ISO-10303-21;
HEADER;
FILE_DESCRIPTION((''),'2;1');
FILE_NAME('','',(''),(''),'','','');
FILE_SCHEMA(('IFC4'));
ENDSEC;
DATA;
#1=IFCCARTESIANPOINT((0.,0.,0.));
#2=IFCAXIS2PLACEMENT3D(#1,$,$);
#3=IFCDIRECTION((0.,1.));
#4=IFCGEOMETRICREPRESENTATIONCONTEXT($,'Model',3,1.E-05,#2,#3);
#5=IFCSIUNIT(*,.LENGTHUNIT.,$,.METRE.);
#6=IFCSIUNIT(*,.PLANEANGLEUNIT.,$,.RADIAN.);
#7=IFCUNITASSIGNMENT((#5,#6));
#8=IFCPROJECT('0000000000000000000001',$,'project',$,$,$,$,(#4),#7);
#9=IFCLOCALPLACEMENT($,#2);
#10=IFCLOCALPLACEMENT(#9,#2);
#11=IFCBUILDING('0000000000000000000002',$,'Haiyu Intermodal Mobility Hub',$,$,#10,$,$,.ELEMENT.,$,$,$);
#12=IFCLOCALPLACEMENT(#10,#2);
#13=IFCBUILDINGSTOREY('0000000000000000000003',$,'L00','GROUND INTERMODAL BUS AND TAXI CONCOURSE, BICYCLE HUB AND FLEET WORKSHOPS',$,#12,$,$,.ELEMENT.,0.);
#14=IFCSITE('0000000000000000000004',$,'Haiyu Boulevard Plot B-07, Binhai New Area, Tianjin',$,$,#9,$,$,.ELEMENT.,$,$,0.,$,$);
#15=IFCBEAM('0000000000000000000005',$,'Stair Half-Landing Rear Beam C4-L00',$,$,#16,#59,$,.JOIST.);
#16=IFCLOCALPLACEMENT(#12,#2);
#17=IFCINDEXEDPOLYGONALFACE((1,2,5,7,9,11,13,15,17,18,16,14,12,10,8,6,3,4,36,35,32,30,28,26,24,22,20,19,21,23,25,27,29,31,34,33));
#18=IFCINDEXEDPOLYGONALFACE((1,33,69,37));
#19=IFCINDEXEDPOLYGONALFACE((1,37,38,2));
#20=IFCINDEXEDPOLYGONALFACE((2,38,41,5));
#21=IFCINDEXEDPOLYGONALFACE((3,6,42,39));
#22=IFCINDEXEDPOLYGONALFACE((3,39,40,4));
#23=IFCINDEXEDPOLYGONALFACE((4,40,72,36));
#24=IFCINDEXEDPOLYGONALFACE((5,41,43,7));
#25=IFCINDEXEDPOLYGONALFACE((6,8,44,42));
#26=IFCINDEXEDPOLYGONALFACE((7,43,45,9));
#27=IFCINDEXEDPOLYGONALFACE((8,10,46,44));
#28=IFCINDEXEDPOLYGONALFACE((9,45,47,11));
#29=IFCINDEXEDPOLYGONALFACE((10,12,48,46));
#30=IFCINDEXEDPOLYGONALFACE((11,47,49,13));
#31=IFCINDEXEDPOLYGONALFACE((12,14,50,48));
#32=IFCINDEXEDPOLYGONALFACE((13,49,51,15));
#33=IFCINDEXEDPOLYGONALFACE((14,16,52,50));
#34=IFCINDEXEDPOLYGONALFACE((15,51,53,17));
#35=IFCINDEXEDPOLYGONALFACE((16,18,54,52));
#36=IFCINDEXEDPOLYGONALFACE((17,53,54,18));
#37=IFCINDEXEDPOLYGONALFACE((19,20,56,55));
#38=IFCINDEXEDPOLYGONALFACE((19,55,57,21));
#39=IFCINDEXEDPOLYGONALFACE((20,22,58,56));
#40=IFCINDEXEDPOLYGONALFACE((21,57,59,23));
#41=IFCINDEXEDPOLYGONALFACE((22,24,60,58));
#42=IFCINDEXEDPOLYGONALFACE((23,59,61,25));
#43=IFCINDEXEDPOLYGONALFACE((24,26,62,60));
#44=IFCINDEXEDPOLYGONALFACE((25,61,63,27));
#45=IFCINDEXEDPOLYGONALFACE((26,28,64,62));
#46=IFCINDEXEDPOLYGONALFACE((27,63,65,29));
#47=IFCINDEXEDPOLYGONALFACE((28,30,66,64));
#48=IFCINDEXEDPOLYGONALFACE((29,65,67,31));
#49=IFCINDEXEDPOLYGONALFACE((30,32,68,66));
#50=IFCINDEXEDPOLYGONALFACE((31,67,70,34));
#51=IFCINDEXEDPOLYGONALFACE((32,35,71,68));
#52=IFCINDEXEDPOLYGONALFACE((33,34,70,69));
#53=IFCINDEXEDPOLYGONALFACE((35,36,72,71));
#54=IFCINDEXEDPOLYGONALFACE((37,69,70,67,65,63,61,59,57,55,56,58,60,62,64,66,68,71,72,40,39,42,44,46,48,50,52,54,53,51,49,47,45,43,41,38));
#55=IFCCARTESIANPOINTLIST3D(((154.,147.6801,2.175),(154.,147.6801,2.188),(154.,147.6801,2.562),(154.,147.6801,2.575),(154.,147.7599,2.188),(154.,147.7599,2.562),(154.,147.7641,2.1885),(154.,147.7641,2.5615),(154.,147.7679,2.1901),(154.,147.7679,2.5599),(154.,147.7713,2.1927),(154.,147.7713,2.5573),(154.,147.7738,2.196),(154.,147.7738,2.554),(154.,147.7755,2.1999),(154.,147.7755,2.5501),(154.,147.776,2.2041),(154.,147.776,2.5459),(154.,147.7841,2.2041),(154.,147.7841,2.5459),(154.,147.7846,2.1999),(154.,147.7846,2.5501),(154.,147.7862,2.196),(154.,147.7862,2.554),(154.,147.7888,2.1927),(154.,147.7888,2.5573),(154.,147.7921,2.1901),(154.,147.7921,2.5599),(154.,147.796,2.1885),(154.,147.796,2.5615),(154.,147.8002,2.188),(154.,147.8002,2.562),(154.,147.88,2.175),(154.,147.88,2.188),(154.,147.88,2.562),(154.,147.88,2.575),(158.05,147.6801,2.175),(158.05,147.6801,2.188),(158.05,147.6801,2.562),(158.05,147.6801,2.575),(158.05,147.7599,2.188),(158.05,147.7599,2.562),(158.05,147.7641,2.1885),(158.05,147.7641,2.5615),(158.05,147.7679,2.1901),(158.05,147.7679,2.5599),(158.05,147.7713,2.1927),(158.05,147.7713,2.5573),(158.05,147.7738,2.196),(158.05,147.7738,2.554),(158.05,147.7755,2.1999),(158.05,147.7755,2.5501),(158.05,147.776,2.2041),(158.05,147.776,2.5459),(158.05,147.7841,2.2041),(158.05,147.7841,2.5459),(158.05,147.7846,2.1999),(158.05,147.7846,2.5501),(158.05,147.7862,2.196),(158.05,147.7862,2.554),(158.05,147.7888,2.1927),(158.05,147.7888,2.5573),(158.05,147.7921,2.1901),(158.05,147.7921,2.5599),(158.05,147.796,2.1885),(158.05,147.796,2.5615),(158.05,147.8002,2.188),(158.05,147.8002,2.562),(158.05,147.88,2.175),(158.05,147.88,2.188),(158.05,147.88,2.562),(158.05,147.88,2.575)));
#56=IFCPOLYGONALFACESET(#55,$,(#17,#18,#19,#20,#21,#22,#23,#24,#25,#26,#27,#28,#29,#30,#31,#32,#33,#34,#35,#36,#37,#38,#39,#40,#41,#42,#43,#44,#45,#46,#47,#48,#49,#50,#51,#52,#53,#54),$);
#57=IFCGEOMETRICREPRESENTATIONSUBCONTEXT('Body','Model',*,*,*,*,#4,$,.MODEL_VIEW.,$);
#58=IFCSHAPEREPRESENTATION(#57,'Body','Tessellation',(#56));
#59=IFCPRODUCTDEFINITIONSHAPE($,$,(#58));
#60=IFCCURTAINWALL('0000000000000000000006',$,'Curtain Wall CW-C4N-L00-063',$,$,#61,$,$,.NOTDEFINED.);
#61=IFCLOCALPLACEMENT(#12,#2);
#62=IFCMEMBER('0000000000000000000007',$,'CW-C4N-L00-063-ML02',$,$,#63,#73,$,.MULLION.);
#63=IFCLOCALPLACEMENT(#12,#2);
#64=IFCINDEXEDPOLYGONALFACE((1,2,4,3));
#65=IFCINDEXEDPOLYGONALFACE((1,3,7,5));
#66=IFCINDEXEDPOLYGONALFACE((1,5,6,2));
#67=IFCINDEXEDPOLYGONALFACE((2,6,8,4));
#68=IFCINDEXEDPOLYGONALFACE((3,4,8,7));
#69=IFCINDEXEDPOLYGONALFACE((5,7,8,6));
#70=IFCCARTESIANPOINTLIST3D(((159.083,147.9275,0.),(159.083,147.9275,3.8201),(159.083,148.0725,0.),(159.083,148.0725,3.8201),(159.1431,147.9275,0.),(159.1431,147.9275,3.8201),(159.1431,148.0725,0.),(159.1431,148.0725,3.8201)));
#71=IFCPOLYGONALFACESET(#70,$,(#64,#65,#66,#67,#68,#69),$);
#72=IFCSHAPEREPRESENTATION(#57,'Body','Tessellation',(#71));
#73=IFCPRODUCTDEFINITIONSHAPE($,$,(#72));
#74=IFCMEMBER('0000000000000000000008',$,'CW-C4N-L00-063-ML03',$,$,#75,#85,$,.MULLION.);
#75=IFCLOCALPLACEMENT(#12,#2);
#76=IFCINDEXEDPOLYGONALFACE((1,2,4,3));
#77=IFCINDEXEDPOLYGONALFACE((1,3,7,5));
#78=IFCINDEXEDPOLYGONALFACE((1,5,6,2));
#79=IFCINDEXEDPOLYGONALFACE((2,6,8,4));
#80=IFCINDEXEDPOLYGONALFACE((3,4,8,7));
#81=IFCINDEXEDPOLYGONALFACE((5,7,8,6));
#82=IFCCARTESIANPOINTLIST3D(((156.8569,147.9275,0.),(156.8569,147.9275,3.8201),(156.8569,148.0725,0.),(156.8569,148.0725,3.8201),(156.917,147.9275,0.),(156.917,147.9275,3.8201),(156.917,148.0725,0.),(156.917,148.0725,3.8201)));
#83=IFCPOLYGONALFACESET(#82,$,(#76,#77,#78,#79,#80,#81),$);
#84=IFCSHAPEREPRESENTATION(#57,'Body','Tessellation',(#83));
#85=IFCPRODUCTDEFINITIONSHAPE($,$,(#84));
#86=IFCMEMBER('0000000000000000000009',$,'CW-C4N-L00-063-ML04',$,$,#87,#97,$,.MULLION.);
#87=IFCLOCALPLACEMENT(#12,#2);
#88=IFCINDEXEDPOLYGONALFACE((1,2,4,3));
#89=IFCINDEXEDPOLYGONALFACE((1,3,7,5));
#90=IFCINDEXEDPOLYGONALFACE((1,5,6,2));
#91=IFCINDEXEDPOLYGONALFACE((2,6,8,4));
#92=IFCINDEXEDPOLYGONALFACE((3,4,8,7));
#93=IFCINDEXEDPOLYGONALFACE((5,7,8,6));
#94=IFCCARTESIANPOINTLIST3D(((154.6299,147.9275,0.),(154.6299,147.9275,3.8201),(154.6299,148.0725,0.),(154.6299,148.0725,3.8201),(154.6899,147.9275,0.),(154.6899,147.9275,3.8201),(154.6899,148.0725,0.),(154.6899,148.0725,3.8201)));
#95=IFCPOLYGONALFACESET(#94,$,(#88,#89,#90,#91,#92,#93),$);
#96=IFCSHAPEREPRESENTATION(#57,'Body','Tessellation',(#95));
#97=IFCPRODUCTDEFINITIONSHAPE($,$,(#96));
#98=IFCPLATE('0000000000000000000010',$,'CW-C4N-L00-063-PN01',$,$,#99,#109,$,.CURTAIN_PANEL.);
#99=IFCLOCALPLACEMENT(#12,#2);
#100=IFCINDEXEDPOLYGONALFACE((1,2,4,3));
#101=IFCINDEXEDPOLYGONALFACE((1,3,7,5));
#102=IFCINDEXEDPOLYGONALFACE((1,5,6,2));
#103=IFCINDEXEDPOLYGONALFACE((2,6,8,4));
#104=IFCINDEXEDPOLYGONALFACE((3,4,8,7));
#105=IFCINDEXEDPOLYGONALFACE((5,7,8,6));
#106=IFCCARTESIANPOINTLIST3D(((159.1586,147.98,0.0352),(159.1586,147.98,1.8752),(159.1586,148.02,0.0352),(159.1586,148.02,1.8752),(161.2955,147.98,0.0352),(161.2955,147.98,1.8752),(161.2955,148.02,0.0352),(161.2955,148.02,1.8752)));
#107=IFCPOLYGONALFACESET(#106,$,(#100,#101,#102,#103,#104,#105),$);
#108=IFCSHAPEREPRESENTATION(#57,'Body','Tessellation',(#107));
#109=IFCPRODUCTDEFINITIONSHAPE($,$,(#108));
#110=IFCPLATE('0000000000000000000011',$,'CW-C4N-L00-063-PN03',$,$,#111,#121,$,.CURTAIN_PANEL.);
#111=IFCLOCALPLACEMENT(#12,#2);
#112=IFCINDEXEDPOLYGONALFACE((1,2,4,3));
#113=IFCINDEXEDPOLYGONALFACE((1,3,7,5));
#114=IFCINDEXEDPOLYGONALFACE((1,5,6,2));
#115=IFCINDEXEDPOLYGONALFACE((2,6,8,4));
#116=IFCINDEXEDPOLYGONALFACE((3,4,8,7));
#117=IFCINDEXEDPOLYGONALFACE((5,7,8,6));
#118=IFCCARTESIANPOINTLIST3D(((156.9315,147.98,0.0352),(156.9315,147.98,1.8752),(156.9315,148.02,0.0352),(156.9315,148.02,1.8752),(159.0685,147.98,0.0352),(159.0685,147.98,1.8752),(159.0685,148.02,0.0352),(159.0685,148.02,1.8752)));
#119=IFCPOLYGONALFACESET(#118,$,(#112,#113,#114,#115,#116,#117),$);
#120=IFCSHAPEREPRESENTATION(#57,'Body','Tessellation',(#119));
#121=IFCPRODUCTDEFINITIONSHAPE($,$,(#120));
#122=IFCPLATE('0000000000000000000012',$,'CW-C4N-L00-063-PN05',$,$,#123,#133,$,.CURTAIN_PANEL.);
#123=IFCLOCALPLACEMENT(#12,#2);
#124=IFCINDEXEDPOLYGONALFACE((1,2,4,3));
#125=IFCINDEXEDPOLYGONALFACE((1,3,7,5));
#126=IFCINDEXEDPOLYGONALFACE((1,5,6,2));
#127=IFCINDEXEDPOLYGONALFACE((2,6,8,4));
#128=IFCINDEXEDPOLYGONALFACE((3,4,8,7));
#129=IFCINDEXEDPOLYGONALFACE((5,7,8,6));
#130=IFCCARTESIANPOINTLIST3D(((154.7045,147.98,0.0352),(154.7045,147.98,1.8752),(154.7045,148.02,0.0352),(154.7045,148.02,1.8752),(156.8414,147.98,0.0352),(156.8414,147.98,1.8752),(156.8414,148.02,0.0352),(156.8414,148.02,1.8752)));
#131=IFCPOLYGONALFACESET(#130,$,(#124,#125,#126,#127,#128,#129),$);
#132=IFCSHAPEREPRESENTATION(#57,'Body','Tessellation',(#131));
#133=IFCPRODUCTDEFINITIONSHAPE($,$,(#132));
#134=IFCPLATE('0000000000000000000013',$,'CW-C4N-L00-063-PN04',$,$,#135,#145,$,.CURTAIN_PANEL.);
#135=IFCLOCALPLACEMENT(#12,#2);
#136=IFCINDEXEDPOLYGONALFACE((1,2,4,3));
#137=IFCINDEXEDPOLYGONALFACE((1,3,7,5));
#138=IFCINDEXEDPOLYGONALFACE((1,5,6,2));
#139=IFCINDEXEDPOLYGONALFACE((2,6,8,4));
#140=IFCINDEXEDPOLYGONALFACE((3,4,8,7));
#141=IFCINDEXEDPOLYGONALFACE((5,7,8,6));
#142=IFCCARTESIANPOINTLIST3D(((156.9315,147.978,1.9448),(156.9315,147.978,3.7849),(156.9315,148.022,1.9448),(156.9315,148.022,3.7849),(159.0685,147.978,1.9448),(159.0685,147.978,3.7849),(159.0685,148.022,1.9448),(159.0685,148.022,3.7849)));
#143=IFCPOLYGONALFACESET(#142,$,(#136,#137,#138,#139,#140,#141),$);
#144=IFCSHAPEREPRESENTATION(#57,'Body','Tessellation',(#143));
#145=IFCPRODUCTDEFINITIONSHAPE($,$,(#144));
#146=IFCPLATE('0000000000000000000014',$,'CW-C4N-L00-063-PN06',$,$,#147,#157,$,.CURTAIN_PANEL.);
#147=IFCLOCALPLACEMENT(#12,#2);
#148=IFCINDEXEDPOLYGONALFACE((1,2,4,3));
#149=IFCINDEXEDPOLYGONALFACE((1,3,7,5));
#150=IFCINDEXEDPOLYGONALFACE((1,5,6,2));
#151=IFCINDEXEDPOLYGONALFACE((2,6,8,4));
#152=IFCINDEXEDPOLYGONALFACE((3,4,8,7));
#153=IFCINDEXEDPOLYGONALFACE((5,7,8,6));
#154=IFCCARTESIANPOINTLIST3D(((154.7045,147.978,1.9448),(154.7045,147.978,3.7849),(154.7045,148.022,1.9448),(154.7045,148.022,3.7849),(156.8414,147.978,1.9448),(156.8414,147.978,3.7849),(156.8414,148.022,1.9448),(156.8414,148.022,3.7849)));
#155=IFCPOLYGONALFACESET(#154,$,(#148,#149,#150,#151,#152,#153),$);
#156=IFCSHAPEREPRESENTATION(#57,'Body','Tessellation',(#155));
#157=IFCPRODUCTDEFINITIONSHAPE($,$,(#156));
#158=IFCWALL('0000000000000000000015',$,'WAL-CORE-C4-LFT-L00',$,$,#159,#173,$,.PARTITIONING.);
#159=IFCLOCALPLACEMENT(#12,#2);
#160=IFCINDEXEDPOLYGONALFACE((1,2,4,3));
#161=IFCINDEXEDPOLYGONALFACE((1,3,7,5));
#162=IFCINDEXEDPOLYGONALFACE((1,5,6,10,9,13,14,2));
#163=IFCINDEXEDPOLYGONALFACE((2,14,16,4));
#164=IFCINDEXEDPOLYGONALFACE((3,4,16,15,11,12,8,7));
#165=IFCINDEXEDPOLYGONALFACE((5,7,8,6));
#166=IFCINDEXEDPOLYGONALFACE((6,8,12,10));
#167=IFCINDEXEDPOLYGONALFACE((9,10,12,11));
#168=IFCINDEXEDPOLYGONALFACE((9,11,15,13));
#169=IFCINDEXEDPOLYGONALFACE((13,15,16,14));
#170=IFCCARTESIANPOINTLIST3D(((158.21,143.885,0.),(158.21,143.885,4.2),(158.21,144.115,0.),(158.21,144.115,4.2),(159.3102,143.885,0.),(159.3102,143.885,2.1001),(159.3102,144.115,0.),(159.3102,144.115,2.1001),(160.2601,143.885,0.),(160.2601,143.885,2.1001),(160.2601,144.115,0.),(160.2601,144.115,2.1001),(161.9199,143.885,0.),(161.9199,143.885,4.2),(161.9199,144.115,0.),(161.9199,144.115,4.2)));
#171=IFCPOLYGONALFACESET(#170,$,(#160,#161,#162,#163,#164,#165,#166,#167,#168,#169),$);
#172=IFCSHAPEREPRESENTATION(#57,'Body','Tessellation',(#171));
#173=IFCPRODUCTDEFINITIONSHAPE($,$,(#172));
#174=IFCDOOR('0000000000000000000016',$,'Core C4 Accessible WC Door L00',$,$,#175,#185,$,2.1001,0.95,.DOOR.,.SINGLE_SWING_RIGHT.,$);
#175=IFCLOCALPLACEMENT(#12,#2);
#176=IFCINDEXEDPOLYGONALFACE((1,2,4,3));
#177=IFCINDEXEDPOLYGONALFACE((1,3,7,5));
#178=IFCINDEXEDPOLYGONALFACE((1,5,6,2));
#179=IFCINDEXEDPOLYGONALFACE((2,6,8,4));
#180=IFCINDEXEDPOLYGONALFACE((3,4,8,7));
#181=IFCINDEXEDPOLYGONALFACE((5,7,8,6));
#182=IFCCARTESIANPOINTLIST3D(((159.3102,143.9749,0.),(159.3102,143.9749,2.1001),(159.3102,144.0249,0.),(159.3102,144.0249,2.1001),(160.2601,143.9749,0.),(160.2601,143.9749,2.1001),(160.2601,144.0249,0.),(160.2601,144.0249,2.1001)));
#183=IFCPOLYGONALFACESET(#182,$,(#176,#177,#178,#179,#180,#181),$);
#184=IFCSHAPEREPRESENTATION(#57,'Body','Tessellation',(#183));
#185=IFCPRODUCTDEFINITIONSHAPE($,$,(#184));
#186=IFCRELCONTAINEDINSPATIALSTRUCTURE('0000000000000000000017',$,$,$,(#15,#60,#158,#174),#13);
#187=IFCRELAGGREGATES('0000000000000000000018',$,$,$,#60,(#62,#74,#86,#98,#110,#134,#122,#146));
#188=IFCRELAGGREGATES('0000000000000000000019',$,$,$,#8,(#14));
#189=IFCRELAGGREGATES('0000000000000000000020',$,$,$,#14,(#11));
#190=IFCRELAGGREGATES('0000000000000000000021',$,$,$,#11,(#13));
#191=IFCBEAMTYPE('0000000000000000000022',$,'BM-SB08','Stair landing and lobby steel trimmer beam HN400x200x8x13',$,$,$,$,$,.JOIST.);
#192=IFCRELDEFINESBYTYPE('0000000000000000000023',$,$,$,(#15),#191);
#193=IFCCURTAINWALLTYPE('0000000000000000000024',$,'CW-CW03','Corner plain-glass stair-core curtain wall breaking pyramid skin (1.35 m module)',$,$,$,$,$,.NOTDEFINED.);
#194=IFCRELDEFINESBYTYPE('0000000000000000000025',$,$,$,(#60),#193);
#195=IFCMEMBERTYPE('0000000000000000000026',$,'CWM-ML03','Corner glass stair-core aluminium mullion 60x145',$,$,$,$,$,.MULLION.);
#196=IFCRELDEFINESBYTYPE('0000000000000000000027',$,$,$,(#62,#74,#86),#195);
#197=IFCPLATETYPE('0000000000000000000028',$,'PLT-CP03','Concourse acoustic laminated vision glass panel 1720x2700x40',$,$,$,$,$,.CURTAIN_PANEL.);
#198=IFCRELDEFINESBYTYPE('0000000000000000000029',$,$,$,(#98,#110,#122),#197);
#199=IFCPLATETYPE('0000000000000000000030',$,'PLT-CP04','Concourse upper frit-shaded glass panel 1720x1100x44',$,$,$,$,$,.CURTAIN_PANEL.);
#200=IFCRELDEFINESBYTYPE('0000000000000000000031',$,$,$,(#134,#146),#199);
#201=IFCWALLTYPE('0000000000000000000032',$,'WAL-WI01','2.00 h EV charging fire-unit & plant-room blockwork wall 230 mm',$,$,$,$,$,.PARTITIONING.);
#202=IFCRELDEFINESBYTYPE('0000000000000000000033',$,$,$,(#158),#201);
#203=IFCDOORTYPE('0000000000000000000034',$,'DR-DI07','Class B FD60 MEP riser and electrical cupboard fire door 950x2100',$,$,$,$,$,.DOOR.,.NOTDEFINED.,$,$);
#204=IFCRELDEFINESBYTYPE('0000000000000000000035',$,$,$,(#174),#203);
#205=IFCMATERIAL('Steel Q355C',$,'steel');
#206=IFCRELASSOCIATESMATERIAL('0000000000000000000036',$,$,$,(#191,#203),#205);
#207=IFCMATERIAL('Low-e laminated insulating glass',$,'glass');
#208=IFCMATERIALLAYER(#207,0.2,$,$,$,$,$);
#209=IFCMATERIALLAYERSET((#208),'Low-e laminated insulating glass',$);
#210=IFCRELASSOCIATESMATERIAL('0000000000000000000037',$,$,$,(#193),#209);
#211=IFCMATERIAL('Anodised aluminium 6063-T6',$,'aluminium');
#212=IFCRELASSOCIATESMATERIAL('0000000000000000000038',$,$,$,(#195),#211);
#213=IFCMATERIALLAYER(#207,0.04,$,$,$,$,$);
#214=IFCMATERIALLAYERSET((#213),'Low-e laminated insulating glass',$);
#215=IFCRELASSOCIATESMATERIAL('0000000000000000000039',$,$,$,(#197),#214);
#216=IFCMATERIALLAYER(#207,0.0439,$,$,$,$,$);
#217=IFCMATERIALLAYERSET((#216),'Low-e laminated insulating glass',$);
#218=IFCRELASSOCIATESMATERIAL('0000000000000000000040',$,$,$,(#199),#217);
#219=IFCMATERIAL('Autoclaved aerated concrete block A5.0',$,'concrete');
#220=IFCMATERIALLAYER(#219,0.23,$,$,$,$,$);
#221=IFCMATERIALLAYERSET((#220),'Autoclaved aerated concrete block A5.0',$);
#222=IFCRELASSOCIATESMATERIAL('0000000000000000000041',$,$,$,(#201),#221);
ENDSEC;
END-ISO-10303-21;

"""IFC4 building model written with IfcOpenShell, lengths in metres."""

from ifc_helpers import new_model, si_unit, direction, frame, frame_2d, origin, origin_2d, place, context, subcontext, project, spatial, rectangle, i_section, extrude, material, layer, layer_set, material_profile, profile_set, type_object, element, fill, aggregate, save


model = new_model("IFC4")

# Units and contexts
model_context = context("Model", 3, precision=1e-05, world=origin(), true_north=direction((0.0, 1.0)))
body_context = subcontext(model_context, "Body", "Model", "MODEL_VIEW")
ifc_project = project(units=[si_unit("LENGTHUNIT", "METRE"), si_unit("PLANEANGLEUNIT", "RADIAN")], contexts=[model_context])

# Site, building, storey
site_placement = place(None, origin())
site = spatial("IfcSite", under=ifc_project, at=site_placement, Name="Haiyu Boulevard Plot B-07, Binhai New Area, Tianjin", CompositionType="ELEMENT", RefElevation=0.0)
building_placement = place(site_placement, origin())
building = spatial("IfcBuilding", under=site, at=building_placement, Name="Haiyu Intermodal Mobility Hub", CompositionType="ELEMENT")
storey_placement = place(building_placement, origin())
storey = spatial("IfcBuildingStorey", under=building, at=storey_placement, Name="L00", Description="GROUND INTERMODAL BUS AND TAXI CONCOURSE, BICYCLE HUB AND FLEET WORKSHOPS", CompositionType="ELEMENT", Elevation=0.0)

# Shared definitions
ifc_material_1 = material(Name="Steel Q355C", Category="steel")

# Beam
ifc_material_profile_1 = material_profile(ifc_material_1, i_section(OverallWidth=0.2, OverallDepth=0.3999, WebThickness=0.0081, FlangeThickness=0.0129, FilletRadius=0.0161, at=origin_2d()), Name="HN400x200x8x13")
ifc_profile_set_1 = profile_set([ifc_material_profile_1], Name="Steel Q355C")
beam_type = type_object("IfcBeamType", Name="BM-SB08", Description="Stair landing and lobby steel trimmer beam HN400x200x8x13", PredefinedType="JOIST", material=ifc_profile_set_1)
for number, where, z_axis, x_axis, name in (
    (1, (154.0, 147.78, 2.375), (1.0, 0.0, 0.0), (0.0, 1.0, 0.0), "Stair Half-Landing Rear Beam C4-L00"),
):
    element("IfcBeam", number, at=place(storey_placement, frame(where, z_axis=z_axis, x_axis=x_axis)), inside=storey, type_object=beam_type, Name=name, PredefinedType="JOIST", context=body_context, shape_type="SweptSolid", body=[
        extrude(i_section(OverallWidth=0.2, OverallDepth=0.3999, WebThickness=0.0081, FlangeThickness=0.0129, FilletRadius=0.0161, at=origin_2d()), origin(), (0.0, 0.0, 1.0), 4.05),
    ])

# Curtain wall, members, plates
ifc_material_2 = material(Name="Low-e laminated insulating glass", Category="glass")
ifc_layer_1 = layer(ifc_material_2, 0.2)
ifc_layer_set_1 = layer_set([ifc_layer_1], Name="Low-e laminated insulating glass")
curtain_wall_type = type_object("IfcCurtainWallType", Name="CW-CW03", Description="Corner plain-glass stair-core curtain wall breaking pyramid skin (1.35 m module)", PredefinedType="NOTDEFINED", material=ifc_layer_set_1)
curtain_wall_placement = place(storey_placement, origin())
curtain_wall = element("IfcCurtainWall", 2, at=curtain_wall_placement, inside=storey, type_object=curtain_wall_type, Name="Curtain Wall CW-C4N-L00-063", PredefinedType="NOTDEFINED")
ifc_material_3 = material(Name="Anodised aluminium 6063-T6", Category="aluminium")
ifc_material_profile_2 = material_profile(ifc_material_3, rectangle(XDim=0.0601, YDim=0.145, at=origin_2d()), Name="ALU60x145")
ifc_profile_set_2 = profile_set([ifc_material_profile_2], Name="Anodised aluminium 6063-T6")
member_type = type_object("IfcMemberType", Name="CWM-ML03", Description="Corner glass stair-core aluminium mullion 60x145", PredefinedType="MULLION", material=ifc_profile_set_2)
member_1_placement = place(storey_placement, frame((159.113, 148.0, 0.0), z_axis=(0.0, 0.0, 1.0), x_axis=(1.0, 0.0, 0.0)))
member_1 = element("IfcMember", 3, at=member_1_placement, type_object=member_type, Name="CW-C4N-L00-063-ML02", PredefinedType="MULLION", context=body_context, shape_type="SweptSolid", body=[
    extrude(rectangle(XDim=0.0601, YDim=0.145, at=origin_2d()), origin(), (0.0, 0.0, 1.0), 3.8201),
])
member_2_placement = place(storey_placement, frame((156.887, 148.0, 0.0), z_axis=(0.0, 0.0, 1.0), x_axis=(1.0, 0.0, 0.0)))
member_2 = element("IfcMember", 4, at=member_2_placement, type_object=member_type, Name="CW-C4N-L00-063-ML03", PredefinedType="MULLION", context=body_context, shape_type="SweptSolid", body=[
    extrude(rectangle(XDim=0.0601, YDim=0.145, at=origin_2d()), origin(), (0.0, 0.0, 1.0), 3.8201),
])
member_3_placement = place(storey_placement, frame((154.6599, 148.0, 0.0), z_axis=(0.0, 0.0, 1.0), x_axis=(1.0, 0.0, 0.0)))
member_3 = element("IfcMember", 5, at=member_3_placement, type_object=member_type, Name="CW-C4N-L00-063-ML04", PredefinedType="MULLION", context=body_context, shape_type="SweptSolid", body=[
    extrude(rectangle(XDim=0.0601, YDim=0.145, at=origin_2d()), origin(), (0.0, 0.0, 1.0), 3.8201),
])
ifc_layer_2 = layer(ifc_material_2, 0.04)
ifc_layer_set_2 = layer_set([ifc_layer_2], Name="Low-e laminated insulating glass")
plate_type_1 = type_object("IfcPlateType", Name="PLT-CP03", Description="Concourse acoustic laminated vision glass panel 1720x2700x40", PredefinedType="CURTAIN_PANEL", material=ifc_layer_set_2)
plate_1_placement = place(storey_placement, frame((160.2271, 148.0, 0.0352), z_axis=(0.0, 0.0, 1.0), x_axis=(-1.0, 0.0, 0.0)))
plate_1 = element("IfcPlate", 6, at=plate_1_placement, type_object=plate_type_1, Name="CW-C4N-L00-063-PN01", PredefinedType="CURTAIN_PANEL", context=body_context, shape_type="SweptSolid", body=[
    extrude(rectangle(XDim=2.137, YDim=0.04, at=origin_2d()), origin(), (0.0, 0.0, 1.0), 1.8401),
])
plate_2_placement = place(storey_placement, frame((158.0, 148.0, 0.0352), z_axis=(0.0, 0.0, 1.0), x_axis=(-1.0, 0.0, 0.0)))
plate_2 = element("IfcPlate", 7, at=plate_2_placement, type_object=plate_type_1, Name="CW-C4N-L00-063-PN03", PredefinedType="CURTAIN_PANEL", context=body_context, shape_type="SweptSolid", body=[
    extrude(rectangle(XDim=2.137, YDim=0.04, at=origin_2d()), origin(), (0.0, 0.0, 1.0), 1.8401),
])
plate_3_placement = place(storey_placement, frame((155.7729, 148.0, 0.0352), z_axis=(0.0, 0.0, 1.0), x_axis=(-1.0, 0.0, 0.0)))
plate_3 = element("IfcPlate", 8, at=plate_3_placement, type_object=plate_type_1, Name="CW-C4N-L00-063-PN05", PredefinedType="CURTAIN_PANEL", context=body_context, shape_type="SweptSolid", body=[
    extrude(rectangle(XDim=2.137, YDim=0.04, at=origin_2d()), origin(), (0.0, 0.0, 1.0), 1.8401),
])
ifc_layer_3 = layer(ifc_material_2, 0.0439)
ifc_layer_set_3 = layer_set([ifc_layer_3], Name="Low-e laminated insulating glass")
plate_type_2 = type_object("IfcPlateType", Name="PLT-CP04", Description="Concourse upper frit-shaded glass panel 1720x1100x44", PredefinedType="CURTAIN_PANEL", material=ifc_layer_set_3)
plate_4_placement = place(storey_placement, frame((158.0, 148.0, 1.9448), z_axis=(0.0, 0.0, 1.0), x_axis=(-1.0, 0.0, 0.0)))
plate_4 = element("IfcPlate", 9, at=plate_4_placement, type_object=plate_type_2, Name="CW-C4N-L00-063-PN04", PredefinedType="CURTAIN_PANEL", context=body_context, shape_type="SweptSolid", body=[
    extrude(rectangle(XDim=2.137, YDim=0.0439, at=origin_2d()), origin(), (0.0, 0.0, 1.0), 1.8401),
])
plate_5_placement = place(storey_placement, frame((155.7729, 148.0, 1.9448), z_axis=(0.0, 0.0, 1.0), x_axis=(-1.0, 0.0, 0.0)))
plate_5 = element("IfcPlate", 10, at=plate_5_placement, type_object=plate_type_2, Name="CW-C4N-L00-063-PN06", PredefinedType="CURTAIN_PANEL", context=body_context, shape_type="SweptSolid", body=[
    extrude(rectangle(XDim=2.137, YDim=0.0439, at=origin_2d()), origin(), (0.0, 0.0, 1.0), 1.8401),
])
aggregate(curtain_wall, [member_1, member_2, member_3, plate_1, plate_2, plate_4, plate_3, plate_5])

# Wall, opening, door
ifc_material_4 = material(Name="Autoclaved aerated concrete block A5.0", Category="concrete")
ifc_layer_4 = layer(ifc_material_4, 0.23)
ifc_layer_set_4 = layer_set([ifc_layer_4], Name="Autoclaved aerated concrete block A5.0")
wall_type_1 = type_object("IfcWallType", Name="WAL-WI01", Description="2.00 h EV charging fire-unit & plant-room blockwork wall 230 mm", PredefinedType="PARTITIONING", material=ifc_layer_set_4)
wall_1_placement = place(storey_placement, frame((158.21, 144.0, 0.0), z_axis=(0.0, 0.0, 1.0), x_axis=(1.0, 0.0, 0.0)))
wall_1 = element("IfcWall", 11, at=wall_1_placement, inside=storey, type_object=wall_type_1, Name="WAL-CORE-C4-LFT-L00", PredefinedType="PARTITIONING", context=body_context, shape_type="SweptSolid", body=[
    extrude(rectangle(XDim=3.71, YDim=0.23, at=frame_2d((1.855, 0.0))), origin(), (0.0, 0.0, 1.0), 4.2),
])
opening_placement = place(wall_1_placement, frame((1.1001, 0.0, 0.0)))
opening = element("IfcOpeningElement", 12, at=opening_placement, cuts=wall_1, PredefinedType="OPENING", context=body_context, shape_type="SweptSolid", body=[
    extrude(rectangle(XDim=0.95, YDim=2.1001, at=frame_2d((0.4751, 1.05))), frame((0.0, 0.125, 0.0), z_axis=(0.0, -1.0, 0.0), x_axis=(1.0, 0.0, 0.0)), (0.0, 0.0, 1.0), 0.25),
])
door_type = type_object("IfcDoorType", Name="DR-DI07", Description="Class B FD60 MEP riser and electrical cupboard fire door 950x2100", OperationType="NOTDEFINED", PredefinedType="DOOR", material=ifc_material_1)
door_placement = place(opening_placement, origin())
door = element("IfcDoor", 13, at=door_placement, inside=storey, type_object=door_type, Name="Core C4 Accessible WC Door L00", OperationType="SINGLE_SWING_RIGHT", OverallHeight=2.1001, OverallWidth=0.95, PredefinedType="DOOR", context=body_context, shape_type="SweptSolid", body=[
    extrude(rectangle(XDim=0.95, YDim=2.1001, at=frame_2d((0.4751, 1.05))), frame((0.0, 0.0249, 0.0), z_axis=(0.0, -1.0, 0.0), x_axis=(1.0, 0.0, 0.0)), (0.0, 0.0, 1.0), 0.05),
])
fill(opening, door)

save(model, "model.ifc")
